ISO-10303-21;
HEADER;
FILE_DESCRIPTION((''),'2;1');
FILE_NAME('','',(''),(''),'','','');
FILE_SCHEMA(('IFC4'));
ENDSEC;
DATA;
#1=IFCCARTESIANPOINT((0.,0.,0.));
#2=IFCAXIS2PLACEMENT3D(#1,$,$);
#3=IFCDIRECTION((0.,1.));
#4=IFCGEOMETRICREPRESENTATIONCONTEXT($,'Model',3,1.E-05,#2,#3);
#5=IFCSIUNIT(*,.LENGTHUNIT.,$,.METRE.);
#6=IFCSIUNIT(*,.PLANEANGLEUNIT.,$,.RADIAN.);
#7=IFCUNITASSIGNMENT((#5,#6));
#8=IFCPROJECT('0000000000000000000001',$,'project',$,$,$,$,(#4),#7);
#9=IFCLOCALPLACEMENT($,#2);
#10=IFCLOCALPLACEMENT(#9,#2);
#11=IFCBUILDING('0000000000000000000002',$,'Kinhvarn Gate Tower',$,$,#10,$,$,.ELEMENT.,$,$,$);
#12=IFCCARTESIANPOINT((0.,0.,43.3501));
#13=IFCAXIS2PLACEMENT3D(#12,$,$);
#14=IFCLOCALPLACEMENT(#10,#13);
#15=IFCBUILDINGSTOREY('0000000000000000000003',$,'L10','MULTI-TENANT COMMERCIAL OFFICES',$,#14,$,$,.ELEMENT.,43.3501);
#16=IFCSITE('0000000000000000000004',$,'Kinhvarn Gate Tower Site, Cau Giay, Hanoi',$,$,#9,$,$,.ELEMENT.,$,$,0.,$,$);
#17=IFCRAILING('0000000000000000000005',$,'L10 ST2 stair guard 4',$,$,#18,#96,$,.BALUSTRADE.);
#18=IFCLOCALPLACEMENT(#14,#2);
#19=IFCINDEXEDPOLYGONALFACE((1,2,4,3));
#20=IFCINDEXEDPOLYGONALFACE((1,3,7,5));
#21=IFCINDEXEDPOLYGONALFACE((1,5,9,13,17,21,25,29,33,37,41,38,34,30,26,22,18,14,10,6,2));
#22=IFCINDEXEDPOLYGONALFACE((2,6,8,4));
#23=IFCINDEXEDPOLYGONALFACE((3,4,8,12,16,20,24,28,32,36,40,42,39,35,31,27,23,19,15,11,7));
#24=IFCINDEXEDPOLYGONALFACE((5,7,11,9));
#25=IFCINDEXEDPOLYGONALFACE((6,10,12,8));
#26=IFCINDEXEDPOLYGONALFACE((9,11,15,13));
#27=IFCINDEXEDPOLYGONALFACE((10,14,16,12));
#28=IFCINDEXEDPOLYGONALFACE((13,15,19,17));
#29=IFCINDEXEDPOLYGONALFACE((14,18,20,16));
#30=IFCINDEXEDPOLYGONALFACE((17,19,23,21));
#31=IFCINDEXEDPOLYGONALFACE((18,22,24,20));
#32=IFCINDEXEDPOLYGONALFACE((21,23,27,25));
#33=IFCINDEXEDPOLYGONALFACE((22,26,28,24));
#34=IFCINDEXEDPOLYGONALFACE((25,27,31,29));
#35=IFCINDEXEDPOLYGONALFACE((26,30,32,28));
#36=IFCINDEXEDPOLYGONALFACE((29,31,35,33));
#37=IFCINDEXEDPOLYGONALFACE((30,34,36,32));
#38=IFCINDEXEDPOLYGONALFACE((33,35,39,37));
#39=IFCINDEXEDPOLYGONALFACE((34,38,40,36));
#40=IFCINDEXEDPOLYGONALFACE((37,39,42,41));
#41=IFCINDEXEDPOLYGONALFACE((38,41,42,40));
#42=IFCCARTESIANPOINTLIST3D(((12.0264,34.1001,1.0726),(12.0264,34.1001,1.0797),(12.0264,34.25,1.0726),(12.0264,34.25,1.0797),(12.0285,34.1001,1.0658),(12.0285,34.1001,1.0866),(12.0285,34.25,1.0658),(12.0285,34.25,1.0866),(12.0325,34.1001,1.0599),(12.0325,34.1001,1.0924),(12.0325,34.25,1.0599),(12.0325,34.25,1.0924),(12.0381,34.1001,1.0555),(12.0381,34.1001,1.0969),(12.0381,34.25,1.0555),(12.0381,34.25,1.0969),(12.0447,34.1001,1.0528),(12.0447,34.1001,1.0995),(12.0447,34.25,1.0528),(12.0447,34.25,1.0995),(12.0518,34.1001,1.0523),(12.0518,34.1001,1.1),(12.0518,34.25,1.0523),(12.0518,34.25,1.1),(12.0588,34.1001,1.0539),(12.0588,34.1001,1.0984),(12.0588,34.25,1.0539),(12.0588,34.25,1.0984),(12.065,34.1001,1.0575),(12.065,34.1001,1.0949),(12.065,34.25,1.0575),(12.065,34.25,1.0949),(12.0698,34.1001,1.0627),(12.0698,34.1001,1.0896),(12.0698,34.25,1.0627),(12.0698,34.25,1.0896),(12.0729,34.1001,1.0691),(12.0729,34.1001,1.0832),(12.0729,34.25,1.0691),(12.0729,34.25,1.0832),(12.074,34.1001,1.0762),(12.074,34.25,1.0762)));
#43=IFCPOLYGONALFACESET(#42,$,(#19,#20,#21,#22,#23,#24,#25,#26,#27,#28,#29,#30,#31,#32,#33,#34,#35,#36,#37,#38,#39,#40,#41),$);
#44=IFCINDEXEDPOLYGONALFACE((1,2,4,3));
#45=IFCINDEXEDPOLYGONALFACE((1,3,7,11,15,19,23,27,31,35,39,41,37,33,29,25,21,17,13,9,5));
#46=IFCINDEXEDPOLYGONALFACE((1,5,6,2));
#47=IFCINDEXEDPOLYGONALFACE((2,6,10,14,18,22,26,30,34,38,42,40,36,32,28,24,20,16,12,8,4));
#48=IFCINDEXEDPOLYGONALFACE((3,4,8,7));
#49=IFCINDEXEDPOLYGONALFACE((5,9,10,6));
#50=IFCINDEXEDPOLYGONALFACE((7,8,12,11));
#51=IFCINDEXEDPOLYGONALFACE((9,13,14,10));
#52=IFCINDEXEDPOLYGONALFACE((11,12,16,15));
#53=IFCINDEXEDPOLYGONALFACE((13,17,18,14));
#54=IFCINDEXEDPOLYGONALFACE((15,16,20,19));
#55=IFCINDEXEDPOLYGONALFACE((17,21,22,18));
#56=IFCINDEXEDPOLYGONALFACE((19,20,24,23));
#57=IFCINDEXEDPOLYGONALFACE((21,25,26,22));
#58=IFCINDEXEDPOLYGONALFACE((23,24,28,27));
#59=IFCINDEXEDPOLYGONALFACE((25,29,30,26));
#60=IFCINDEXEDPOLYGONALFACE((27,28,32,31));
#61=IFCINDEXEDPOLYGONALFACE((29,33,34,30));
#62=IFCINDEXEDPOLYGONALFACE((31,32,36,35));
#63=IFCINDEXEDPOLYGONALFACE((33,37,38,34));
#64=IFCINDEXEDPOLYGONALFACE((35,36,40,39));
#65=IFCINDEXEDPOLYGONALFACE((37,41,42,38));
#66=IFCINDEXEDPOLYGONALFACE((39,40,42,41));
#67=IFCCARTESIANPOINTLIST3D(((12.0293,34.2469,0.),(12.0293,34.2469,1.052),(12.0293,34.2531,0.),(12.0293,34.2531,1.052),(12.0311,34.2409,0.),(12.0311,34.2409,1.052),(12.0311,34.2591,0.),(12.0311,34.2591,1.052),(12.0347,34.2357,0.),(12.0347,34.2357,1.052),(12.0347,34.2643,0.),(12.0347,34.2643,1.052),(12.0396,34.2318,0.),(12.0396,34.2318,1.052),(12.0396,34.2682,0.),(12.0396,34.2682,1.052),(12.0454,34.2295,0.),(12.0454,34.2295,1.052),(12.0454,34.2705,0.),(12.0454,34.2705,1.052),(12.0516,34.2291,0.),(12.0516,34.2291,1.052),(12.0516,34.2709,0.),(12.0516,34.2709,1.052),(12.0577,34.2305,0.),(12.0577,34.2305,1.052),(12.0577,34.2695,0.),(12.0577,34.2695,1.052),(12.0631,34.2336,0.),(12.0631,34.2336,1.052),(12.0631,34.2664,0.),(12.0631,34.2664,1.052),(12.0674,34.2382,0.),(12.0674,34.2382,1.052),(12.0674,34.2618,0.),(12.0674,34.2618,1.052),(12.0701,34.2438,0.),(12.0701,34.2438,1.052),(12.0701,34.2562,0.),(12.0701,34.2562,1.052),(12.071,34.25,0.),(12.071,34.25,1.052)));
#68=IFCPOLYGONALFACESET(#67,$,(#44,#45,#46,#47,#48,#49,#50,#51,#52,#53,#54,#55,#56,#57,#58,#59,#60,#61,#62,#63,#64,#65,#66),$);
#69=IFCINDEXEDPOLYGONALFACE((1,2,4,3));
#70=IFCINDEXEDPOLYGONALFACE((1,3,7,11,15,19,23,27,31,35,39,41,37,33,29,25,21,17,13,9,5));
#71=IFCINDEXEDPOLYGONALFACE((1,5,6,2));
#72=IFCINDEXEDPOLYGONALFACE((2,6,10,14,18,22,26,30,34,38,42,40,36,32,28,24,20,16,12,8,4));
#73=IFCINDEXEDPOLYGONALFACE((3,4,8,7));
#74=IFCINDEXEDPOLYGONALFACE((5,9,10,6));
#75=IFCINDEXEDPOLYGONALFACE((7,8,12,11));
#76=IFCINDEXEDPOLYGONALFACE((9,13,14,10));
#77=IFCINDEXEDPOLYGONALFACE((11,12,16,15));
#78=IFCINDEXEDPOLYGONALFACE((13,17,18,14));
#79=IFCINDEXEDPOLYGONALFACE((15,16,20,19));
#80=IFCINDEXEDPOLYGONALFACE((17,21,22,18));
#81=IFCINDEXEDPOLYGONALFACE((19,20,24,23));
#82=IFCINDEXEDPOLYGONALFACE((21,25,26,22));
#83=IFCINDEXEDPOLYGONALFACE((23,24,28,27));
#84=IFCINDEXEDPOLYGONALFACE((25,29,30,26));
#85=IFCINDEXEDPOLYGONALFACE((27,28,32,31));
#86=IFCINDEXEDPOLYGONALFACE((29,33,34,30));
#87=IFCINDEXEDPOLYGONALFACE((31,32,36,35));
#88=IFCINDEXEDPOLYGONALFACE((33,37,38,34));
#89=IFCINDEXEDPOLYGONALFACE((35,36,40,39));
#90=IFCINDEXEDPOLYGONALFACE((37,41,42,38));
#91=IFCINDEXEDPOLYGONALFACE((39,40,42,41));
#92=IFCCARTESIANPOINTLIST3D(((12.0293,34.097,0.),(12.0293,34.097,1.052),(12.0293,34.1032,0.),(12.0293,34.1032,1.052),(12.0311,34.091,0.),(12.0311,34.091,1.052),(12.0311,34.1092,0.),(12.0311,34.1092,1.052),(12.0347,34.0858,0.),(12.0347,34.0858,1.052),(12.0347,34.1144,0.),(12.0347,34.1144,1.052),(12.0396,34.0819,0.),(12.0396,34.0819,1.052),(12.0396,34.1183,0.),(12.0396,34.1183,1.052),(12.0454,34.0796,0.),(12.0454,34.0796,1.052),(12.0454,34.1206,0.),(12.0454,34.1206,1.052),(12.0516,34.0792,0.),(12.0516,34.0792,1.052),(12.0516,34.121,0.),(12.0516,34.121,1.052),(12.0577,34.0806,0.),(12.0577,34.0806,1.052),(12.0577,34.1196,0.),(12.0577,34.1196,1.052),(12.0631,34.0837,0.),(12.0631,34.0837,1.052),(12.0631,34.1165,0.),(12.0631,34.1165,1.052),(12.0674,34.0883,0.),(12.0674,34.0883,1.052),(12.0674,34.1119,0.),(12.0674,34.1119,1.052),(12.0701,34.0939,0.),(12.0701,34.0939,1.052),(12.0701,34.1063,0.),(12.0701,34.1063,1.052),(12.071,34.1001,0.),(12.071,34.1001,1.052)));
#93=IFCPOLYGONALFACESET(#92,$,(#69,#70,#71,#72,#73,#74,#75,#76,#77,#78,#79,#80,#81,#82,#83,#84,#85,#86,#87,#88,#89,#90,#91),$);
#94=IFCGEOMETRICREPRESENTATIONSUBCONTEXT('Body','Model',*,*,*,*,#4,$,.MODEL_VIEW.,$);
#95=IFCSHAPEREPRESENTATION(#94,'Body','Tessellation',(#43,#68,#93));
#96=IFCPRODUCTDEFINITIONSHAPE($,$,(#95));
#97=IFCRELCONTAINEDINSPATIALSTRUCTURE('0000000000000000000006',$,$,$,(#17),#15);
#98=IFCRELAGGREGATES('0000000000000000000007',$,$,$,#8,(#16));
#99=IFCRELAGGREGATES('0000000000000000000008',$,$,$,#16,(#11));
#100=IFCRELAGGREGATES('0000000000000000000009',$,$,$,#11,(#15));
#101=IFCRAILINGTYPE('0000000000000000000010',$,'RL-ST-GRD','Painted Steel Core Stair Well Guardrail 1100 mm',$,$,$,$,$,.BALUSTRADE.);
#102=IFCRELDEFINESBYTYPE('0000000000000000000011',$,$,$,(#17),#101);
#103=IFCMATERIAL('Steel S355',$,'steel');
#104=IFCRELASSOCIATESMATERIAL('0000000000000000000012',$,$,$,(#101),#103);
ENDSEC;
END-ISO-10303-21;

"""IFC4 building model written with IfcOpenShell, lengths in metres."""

from ifc_helpers import new_model, si_unit, direction, frame, origin, origin_2d, place, context, subcontext, project, spatial, circle, extrude, material, type_object, element, save


model = new_model("IFC4")

# Units and contexts
model_context = context("Model", 3, precision=1e-05, world=origin(), true_north=direction((0.0, 1.0)))
body_context = subcontext(model_context, "Body", "Model", "MODEL_VIEW")
ifc_project = project(units=[si_unit("LENGTHUNIT", "METRE"), si_unit("PLANEANGLEUNIT", "RADIAN")], contexts=[model_context])

# Site, building, storey
site_placement = place(None, origin())
site = spatial("IfcSite", under=ifc_project, at=site_placement, Name="Kinhvarn Gate Tower Site, Cau Giay, Hanoi", CompositionType="ELEMENT", RefElevation=0.0)
building_placement = place(site_placement, origin())
building = spatial("IfcBuilding", under=site, at=building_placement, Name="Kinhvarn Gate Tower", CompositionType="ELEMENT")
storey_placement = place(building_placement, frame((0.0, 0.0, 43.3501)))
storey = spatial("IfcBuildingStorey", under=building, at=storey_placement, Name="L10", Description="MULTI-TENANT COMMERCIAL OFFICES", CompositionType="ELEMENT", Elevation=43.3501)

# Shared definitions
ifc_material_1 = material(Name="Steel S355", Category="steel")

# Railing
railing_type_1 = type_object("IfcRailingType", Name="RL-ST-GRD", Description="Painted Steel Core Stair Well Guardrail 1100 mm", PredefinedType="BALUSTRADE", material=ifc_material_1)
railing_1_placement = place(storey_placement, frame((12.05, 34.25, 0.0)))
element("IfcRailing", 1, at=railing_1_placement, inside=storey, type_object=railing_type_1, Name="L10 ST2 stair guard 4", PredefinedType="BALUSTRADE", context=body_context, shape_type="SweptSolid", body=[
    extrude(circle(Radius=0.0239, at=origin_2d()), frame((0.0, 0.0, 1.0762), z_axis=(0.0, -1.0, 0.0), x_axis=(1.0, 0.0, 0.0)), (0.0, 0.0, 1.0), 0.1499),
    extrude(circle(Radius=0.021, at=origin_2d()), origin(), (0.0, 0.0, 1.0), 1.052),
    extrude(circle(Radius=0.021, at=origin_2d()), frame((0.0, -0.1499, 0.0)), (0.0, 0.0, 1.0), 1.052),
])

save(model, "model.ifc")
